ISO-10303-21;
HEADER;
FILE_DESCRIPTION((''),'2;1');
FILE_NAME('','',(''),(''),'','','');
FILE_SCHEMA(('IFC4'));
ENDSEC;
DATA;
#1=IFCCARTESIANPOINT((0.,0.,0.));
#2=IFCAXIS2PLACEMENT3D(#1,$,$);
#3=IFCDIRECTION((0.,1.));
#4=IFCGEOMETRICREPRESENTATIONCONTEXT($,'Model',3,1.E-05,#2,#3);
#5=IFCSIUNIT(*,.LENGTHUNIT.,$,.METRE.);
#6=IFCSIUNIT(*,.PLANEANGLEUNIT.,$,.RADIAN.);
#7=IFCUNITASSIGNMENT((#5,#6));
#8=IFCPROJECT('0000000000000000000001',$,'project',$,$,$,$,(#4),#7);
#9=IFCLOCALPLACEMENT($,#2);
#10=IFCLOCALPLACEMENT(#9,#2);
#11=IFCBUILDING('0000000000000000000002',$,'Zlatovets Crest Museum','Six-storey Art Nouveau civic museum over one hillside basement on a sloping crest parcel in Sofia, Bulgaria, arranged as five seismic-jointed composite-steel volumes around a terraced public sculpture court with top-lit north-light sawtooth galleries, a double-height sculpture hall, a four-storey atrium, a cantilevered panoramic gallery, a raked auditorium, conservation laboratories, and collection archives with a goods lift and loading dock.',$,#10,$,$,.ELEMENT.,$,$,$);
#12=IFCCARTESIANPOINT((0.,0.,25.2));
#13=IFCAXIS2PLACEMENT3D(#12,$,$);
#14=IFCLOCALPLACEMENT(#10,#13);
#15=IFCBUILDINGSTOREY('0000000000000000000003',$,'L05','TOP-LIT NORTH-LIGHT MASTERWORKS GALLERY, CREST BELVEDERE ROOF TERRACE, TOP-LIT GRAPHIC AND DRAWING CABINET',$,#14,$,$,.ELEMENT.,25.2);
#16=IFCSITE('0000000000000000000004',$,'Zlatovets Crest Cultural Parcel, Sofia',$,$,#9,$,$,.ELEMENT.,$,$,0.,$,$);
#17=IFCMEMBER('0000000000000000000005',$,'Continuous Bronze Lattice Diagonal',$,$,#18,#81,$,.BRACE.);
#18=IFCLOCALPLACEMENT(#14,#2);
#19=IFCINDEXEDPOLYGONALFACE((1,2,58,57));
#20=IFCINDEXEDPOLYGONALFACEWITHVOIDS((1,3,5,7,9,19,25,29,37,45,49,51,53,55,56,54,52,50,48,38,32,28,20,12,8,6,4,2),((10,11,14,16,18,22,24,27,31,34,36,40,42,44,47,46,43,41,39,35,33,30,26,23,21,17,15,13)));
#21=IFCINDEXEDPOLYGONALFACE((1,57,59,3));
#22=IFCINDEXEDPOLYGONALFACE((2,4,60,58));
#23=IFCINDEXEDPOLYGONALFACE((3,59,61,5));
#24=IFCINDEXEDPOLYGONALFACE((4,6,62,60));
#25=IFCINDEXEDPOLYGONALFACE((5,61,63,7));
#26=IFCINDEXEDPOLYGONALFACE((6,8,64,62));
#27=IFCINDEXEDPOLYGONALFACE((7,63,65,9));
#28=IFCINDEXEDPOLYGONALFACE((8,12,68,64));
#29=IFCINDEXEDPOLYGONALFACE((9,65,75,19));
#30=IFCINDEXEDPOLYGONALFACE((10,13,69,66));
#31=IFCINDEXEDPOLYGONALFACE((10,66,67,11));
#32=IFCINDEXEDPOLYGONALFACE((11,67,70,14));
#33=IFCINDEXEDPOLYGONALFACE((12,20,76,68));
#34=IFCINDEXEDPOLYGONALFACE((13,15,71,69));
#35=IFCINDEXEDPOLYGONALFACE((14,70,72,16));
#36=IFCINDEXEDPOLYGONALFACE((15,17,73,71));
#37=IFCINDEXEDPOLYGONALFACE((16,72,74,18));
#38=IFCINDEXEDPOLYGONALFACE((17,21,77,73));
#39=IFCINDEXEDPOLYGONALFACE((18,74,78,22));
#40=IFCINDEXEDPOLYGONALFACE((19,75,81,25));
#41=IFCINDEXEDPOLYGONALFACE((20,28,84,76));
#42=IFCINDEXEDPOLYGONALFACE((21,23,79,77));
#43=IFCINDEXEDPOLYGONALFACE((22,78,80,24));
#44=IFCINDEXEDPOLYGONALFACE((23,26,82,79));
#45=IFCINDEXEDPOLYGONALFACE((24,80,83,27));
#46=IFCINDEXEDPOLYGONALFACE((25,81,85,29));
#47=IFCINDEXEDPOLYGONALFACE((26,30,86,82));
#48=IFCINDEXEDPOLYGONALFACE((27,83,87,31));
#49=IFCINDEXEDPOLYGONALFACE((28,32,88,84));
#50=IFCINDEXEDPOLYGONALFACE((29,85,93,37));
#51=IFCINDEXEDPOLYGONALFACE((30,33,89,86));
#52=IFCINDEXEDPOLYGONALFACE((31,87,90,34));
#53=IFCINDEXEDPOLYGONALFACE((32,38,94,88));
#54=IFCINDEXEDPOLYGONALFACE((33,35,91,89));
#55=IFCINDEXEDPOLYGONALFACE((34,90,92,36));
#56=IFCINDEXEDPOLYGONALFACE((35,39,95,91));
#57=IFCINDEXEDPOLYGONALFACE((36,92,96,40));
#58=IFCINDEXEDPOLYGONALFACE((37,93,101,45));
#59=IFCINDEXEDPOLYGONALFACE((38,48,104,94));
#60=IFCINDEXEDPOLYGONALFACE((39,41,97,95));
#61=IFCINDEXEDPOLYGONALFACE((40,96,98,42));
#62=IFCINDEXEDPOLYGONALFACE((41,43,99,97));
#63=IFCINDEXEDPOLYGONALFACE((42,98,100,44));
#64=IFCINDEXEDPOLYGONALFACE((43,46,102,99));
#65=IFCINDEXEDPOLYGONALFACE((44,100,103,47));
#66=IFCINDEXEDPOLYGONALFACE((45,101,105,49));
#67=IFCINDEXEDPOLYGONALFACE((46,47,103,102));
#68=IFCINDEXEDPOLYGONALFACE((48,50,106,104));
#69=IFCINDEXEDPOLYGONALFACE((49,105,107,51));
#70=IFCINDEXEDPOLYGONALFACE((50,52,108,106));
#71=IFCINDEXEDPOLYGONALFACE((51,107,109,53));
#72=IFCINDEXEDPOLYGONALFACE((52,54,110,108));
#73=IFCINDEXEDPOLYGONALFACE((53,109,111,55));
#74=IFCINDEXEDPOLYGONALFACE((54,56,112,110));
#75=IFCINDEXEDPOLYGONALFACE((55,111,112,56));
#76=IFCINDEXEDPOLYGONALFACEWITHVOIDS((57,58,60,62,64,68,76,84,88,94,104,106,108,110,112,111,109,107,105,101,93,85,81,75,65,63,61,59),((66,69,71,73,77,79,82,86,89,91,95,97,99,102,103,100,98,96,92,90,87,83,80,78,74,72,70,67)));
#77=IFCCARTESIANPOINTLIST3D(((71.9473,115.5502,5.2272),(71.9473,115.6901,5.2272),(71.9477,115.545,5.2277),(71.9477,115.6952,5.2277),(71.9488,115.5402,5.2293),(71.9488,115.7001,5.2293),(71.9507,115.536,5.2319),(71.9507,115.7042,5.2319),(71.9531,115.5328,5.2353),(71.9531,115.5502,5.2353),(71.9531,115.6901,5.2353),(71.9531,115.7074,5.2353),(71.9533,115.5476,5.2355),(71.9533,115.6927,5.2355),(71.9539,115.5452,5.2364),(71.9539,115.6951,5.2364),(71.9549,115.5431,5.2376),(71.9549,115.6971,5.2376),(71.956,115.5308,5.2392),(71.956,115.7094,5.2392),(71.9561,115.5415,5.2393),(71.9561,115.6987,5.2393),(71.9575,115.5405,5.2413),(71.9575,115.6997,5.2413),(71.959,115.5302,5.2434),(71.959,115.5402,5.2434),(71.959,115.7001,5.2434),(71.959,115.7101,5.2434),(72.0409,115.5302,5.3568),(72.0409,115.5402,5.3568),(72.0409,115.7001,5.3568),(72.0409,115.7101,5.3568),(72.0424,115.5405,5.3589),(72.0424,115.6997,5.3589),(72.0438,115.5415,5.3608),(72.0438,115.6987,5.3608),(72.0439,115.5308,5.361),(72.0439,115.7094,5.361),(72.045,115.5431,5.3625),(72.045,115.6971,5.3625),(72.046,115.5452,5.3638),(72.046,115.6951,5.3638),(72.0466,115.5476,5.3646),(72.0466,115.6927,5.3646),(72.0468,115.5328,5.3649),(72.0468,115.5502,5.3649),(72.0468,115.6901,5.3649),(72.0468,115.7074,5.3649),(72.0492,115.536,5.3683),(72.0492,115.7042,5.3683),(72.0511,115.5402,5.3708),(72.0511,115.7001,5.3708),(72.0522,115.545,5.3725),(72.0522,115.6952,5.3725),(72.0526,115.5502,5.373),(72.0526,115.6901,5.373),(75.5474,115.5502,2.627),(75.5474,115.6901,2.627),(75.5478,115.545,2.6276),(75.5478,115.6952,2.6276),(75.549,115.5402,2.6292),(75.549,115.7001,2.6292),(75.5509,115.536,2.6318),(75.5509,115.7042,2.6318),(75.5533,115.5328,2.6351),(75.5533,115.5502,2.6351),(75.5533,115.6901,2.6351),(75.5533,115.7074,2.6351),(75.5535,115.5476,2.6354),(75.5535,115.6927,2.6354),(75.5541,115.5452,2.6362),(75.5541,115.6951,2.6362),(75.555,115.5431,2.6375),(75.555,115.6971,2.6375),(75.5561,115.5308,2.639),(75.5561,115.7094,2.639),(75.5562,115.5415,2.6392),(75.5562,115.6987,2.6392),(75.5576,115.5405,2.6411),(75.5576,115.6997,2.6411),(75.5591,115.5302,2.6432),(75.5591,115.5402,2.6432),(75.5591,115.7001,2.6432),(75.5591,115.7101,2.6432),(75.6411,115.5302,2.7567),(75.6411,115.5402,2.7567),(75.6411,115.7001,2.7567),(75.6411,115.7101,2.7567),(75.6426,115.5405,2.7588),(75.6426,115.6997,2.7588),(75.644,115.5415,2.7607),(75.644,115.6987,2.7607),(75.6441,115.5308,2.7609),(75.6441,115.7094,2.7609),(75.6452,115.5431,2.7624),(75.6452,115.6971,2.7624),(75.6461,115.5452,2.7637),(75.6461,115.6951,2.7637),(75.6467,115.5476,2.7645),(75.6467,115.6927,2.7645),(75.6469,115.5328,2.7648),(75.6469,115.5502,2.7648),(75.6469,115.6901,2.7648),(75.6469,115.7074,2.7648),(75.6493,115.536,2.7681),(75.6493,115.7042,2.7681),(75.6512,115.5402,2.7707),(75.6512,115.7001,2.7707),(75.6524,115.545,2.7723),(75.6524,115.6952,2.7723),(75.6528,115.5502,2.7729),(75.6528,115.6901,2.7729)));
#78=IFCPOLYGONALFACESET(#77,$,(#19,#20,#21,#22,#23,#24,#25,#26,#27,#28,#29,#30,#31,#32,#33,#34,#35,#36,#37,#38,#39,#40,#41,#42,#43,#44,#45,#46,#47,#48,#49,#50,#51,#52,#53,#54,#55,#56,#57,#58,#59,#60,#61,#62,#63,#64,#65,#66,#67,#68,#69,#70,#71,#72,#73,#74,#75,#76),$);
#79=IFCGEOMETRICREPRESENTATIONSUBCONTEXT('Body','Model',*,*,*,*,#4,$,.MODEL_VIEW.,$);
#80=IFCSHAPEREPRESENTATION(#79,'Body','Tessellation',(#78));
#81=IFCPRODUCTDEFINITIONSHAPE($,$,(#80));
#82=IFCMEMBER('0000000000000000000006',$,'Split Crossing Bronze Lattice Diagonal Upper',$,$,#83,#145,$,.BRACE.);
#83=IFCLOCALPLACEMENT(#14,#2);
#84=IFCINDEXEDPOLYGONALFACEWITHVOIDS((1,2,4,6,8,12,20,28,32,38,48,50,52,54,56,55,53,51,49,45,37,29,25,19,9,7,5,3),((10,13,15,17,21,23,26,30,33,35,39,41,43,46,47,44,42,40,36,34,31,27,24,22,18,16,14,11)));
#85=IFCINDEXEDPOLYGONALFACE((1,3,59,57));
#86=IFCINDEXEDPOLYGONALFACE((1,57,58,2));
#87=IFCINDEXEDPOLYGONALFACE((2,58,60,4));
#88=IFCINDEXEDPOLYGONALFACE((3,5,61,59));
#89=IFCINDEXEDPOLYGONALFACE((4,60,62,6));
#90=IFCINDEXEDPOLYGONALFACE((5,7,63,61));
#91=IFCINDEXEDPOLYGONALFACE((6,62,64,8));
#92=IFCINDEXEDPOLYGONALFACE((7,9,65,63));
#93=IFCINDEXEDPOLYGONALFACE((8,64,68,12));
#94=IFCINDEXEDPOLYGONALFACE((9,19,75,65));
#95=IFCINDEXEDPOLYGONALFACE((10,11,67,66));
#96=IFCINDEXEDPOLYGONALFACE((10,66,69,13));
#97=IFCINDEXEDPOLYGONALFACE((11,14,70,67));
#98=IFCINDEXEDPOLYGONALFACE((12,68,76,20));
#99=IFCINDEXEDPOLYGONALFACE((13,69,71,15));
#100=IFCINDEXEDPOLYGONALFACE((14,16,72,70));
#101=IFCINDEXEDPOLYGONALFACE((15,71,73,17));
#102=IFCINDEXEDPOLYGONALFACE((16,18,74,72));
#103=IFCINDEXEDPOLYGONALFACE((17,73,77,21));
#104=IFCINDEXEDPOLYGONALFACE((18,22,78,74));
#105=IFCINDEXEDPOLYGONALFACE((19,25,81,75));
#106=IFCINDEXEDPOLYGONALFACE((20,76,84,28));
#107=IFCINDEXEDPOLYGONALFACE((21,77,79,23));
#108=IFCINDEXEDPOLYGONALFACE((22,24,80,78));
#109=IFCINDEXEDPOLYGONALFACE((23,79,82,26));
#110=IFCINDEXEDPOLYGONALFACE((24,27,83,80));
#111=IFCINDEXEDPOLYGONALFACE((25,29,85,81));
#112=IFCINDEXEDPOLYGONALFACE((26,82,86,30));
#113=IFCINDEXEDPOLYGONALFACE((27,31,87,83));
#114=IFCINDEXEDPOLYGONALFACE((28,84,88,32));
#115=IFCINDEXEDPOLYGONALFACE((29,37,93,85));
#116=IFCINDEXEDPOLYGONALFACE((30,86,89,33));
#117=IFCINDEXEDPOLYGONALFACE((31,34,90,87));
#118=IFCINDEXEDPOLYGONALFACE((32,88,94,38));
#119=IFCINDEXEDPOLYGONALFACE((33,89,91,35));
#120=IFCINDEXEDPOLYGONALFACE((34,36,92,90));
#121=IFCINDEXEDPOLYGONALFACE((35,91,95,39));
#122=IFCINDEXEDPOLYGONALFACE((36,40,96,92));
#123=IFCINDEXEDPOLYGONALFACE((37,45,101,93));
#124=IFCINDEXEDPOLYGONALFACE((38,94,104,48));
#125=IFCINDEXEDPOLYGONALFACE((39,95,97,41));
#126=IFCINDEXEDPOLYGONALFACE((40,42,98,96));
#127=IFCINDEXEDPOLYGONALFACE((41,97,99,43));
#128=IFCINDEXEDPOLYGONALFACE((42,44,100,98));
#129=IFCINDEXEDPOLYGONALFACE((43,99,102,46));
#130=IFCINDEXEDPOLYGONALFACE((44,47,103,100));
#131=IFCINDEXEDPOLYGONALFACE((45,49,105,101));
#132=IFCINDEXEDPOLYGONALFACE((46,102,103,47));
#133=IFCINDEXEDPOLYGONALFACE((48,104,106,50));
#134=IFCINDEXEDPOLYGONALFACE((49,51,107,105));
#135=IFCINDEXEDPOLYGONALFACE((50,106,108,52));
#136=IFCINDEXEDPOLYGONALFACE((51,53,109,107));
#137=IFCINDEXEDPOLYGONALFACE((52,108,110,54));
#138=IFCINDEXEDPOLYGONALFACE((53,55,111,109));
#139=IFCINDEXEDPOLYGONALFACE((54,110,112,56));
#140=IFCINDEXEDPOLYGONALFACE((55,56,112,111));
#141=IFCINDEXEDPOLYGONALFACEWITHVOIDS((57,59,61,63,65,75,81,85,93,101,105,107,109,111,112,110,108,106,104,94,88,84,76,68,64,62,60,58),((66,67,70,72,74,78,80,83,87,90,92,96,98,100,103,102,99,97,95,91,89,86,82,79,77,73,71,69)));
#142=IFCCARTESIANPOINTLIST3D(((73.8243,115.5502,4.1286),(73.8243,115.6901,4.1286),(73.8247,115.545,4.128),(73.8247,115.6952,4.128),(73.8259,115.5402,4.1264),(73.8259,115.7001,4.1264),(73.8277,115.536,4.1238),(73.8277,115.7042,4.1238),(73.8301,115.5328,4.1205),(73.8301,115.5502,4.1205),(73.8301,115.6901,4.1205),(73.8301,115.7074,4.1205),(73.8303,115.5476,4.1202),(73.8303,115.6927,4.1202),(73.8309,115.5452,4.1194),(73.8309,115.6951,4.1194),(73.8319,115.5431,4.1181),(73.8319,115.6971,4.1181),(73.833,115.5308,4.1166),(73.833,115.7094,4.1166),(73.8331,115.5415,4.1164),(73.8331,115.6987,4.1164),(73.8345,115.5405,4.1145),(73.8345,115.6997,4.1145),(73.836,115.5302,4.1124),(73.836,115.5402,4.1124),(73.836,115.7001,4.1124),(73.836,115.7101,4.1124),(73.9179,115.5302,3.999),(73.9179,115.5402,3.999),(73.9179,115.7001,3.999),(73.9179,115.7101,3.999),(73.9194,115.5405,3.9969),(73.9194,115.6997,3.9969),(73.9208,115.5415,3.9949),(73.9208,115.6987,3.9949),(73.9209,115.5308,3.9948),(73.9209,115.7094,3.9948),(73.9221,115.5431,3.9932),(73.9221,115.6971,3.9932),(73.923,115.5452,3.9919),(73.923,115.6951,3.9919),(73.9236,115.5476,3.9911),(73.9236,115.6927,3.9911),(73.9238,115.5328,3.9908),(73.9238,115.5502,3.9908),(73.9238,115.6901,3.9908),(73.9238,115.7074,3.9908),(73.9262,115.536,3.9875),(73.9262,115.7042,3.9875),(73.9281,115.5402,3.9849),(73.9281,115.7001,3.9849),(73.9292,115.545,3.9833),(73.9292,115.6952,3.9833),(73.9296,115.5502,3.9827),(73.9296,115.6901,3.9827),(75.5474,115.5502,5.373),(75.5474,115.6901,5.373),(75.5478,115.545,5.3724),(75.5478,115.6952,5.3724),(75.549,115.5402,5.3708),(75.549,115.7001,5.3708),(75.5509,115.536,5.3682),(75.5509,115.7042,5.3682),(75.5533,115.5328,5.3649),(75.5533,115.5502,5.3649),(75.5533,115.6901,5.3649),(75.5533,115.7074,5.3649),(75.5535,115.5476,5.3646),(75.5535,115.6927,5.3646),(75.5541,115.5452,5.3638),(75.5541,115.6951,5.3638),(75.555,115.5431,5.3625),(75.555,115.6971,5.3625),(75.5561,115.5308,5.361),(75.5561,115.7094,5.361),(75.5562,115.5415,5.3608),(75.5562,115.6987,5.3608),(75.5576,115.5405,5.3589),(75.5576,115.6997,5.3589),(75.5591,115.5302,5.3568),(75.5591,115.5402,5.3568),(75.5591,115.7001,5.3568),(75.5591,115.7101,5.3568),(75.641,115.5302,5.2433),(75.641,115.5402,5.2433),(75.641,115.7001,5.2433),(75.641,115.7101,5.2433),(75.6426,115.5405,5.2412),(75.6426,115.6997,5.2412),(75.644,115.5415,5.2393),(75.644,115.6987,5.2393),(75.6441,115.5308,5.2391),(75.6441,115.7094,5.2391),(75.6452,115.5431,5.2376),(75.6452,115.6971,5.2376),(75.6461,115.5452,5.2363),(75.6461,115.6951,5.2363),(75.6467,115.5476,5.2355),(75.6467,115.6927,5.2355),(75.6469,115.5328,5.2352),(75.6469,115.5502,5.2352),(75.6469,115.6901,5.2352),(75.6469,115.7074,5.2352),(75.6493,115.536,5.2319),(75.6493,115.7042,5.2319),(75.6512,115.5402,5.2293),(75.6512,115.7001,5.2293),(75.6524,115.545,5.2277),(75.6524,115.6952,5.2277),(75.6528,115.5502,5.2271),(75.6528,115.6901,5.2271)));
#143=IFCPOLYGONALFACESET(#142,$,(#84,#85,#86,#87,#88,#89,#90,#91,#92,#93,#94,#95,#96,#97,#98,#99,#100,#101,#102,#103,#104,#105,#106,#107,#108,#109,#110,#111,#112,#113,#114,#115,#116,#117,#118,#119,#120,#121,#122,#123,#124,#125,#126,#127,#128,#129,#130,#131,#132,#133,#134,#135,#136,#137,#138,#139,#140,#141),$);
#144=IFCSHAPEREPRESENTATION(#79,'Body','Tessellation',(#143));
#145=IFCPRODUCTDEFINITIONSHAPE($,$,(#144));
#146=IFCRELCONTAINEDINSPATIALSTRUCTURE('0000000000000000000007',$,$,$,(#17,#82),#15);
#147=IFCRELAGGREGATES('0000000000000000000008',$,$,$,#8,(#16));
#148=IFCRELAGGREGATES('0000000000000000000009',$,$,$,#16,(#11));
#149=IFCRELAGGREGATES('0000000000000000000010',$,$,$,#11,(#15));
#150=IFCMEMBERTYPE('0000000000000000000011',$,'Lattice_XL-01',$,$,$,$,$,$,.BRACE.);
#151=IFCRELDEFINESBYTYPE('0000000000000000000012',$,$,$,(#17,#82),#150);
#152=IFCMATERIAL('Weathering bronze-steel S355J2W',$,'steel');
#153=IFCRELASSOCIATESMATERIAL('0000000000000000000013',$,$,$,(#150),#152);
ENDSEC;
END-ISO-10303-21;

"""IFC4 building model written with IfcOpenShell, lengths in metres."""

from ifc_helpers import new_model, si_unit, direction, frame, origin, origin_2d, place, context, subcontext, project, spatial, hollow_rectangle, extrude, material, material_profile, profile_set, type_object, element, save


model = new_model("IFC4")

# Units and contexts
model_context = context("Model", 3, precision=1e-05, world=origin(), true_north=direction((0.0, 1.0)))
body_context = subcontext(model_context, "Body", "Model", "MODEL_VIEW")
ifc_project = project(units=[si_unit("LENGTHUNIT", "METRE"), si_unit("PLANEANGLEUNIT", "RADIAN")], contexts=[model_context])

# Site, building, storey
site_placement = place(None, origin())
site = spatial("IfcSite", under=ifc_project, at=site_placement, Name="Zlatovets Crest Cultural Parcel, Sofia", CompositionType="ELEMENT", RefElevation=0.0)
building_placement = place(site_placement, origin())
building = spatial("IfcBuilding", under=site, at=building_placement, Name="Zlatovets Crest Museum", Description="Six-storey Art Nouveau civic museum over one hillside basement on a sloping crest parcel in Sofia, Bulgaria, arranged as five seismic-jointed composite-steel volumes around a terraced public sculpture court with top-lit north-light sawtooth galleries, a double-height sculpture hall, a four-storey atrium, a cantilevered panoramic gallery, a raked auditorium, conservation laboratories, and collection archives with a goods lift and loading dock.", CompositionType="ELEMENT")
storey_placement = place(building_placement, frame((0.0, 0.0, 25.2)))
storey = spatial("IfcBuildingStorey", under=building, at=storey_placement, Name="L05", Description="TOP-LIT NORTH-LIGHT MASTERWORKS GALLERY, CREST BELVEDERE ROOF TERRACE, TOP-LIT GRAPHIC AND DRAWING CABINET", CompositionType="ELEMENT", Elevation=25.2)

# Members
ifc_material_1 = material(Name="Weathering bronze-steel S355J2W", Category="steel")
ifc_material_profile_1 = material_profile(ifc_material_1, hollow_rectangle(XDim=0.1799, YDim=0.1799, WallThickness=0.01, InnerFilletRadius=0.01, OuterFilletRadius=0.02, at=origin_2d()), Name="SHS 180x180x10.0")
ifc_profile_set_1 = profile_set([ifc_material_profile_1], Name="Weathering bronze-steel S355J2W")
member_type_1 = type_object("IfcMemberType", Name="Lattice_XL-01", PredefinedType="BRACE", material=ifc_profile_set_1)
member_1_placement = place(storey_placement, frame((75.6001, 115.6201, 2.7), z_axis=(-0.810676, 0.0, 0.585495), x_axis=(0.0, -1.0, 0.0)))
element("IfcMember", 1, at=member_1_placement, inside=storey, type_object=member_type_1, Name="Continuous Bronze Lattice Diagonal", PredefinedType="BRACE", context=body_context, shape_type="SweptSolid", body=[
    extrude(hollow_rectangle(XDim=0.1799, YDim=0.1799, WallThickness=0.01, InnerFilletRadius=0.01, OuterFilletRadius=0.02, at=origin_2d()), origin(), (0.0, 0.0, 1.0), 4.4409),
])
member_2_placement = place(storey_placement, frame((75.6001, 115.6201, 5.3), z_axis=(-0.810703, 0.0, -0.585457), x_axis=(0.0, -1.0, 0.0)))
element("IfcMember", 2, at=member_2_placement, inside=storey, type_object=member_type_1, Name="Split Crossing Bronze Lattice Diagonal Upper", PredefinedType="BRACE", context=body_context, shape_type="SweptSolid", body=[
    extrude(hollow_rectangle(XDim=0.1799, YDim=0.1799, WallThickness=0.01, InnerFilletRadius=0.01, OuterFilletRadius=0.02, at=origin_2d()), origin(), (0.0, 0.0, 1.0), 2.1255),
])

save(model, "model.ifc")
